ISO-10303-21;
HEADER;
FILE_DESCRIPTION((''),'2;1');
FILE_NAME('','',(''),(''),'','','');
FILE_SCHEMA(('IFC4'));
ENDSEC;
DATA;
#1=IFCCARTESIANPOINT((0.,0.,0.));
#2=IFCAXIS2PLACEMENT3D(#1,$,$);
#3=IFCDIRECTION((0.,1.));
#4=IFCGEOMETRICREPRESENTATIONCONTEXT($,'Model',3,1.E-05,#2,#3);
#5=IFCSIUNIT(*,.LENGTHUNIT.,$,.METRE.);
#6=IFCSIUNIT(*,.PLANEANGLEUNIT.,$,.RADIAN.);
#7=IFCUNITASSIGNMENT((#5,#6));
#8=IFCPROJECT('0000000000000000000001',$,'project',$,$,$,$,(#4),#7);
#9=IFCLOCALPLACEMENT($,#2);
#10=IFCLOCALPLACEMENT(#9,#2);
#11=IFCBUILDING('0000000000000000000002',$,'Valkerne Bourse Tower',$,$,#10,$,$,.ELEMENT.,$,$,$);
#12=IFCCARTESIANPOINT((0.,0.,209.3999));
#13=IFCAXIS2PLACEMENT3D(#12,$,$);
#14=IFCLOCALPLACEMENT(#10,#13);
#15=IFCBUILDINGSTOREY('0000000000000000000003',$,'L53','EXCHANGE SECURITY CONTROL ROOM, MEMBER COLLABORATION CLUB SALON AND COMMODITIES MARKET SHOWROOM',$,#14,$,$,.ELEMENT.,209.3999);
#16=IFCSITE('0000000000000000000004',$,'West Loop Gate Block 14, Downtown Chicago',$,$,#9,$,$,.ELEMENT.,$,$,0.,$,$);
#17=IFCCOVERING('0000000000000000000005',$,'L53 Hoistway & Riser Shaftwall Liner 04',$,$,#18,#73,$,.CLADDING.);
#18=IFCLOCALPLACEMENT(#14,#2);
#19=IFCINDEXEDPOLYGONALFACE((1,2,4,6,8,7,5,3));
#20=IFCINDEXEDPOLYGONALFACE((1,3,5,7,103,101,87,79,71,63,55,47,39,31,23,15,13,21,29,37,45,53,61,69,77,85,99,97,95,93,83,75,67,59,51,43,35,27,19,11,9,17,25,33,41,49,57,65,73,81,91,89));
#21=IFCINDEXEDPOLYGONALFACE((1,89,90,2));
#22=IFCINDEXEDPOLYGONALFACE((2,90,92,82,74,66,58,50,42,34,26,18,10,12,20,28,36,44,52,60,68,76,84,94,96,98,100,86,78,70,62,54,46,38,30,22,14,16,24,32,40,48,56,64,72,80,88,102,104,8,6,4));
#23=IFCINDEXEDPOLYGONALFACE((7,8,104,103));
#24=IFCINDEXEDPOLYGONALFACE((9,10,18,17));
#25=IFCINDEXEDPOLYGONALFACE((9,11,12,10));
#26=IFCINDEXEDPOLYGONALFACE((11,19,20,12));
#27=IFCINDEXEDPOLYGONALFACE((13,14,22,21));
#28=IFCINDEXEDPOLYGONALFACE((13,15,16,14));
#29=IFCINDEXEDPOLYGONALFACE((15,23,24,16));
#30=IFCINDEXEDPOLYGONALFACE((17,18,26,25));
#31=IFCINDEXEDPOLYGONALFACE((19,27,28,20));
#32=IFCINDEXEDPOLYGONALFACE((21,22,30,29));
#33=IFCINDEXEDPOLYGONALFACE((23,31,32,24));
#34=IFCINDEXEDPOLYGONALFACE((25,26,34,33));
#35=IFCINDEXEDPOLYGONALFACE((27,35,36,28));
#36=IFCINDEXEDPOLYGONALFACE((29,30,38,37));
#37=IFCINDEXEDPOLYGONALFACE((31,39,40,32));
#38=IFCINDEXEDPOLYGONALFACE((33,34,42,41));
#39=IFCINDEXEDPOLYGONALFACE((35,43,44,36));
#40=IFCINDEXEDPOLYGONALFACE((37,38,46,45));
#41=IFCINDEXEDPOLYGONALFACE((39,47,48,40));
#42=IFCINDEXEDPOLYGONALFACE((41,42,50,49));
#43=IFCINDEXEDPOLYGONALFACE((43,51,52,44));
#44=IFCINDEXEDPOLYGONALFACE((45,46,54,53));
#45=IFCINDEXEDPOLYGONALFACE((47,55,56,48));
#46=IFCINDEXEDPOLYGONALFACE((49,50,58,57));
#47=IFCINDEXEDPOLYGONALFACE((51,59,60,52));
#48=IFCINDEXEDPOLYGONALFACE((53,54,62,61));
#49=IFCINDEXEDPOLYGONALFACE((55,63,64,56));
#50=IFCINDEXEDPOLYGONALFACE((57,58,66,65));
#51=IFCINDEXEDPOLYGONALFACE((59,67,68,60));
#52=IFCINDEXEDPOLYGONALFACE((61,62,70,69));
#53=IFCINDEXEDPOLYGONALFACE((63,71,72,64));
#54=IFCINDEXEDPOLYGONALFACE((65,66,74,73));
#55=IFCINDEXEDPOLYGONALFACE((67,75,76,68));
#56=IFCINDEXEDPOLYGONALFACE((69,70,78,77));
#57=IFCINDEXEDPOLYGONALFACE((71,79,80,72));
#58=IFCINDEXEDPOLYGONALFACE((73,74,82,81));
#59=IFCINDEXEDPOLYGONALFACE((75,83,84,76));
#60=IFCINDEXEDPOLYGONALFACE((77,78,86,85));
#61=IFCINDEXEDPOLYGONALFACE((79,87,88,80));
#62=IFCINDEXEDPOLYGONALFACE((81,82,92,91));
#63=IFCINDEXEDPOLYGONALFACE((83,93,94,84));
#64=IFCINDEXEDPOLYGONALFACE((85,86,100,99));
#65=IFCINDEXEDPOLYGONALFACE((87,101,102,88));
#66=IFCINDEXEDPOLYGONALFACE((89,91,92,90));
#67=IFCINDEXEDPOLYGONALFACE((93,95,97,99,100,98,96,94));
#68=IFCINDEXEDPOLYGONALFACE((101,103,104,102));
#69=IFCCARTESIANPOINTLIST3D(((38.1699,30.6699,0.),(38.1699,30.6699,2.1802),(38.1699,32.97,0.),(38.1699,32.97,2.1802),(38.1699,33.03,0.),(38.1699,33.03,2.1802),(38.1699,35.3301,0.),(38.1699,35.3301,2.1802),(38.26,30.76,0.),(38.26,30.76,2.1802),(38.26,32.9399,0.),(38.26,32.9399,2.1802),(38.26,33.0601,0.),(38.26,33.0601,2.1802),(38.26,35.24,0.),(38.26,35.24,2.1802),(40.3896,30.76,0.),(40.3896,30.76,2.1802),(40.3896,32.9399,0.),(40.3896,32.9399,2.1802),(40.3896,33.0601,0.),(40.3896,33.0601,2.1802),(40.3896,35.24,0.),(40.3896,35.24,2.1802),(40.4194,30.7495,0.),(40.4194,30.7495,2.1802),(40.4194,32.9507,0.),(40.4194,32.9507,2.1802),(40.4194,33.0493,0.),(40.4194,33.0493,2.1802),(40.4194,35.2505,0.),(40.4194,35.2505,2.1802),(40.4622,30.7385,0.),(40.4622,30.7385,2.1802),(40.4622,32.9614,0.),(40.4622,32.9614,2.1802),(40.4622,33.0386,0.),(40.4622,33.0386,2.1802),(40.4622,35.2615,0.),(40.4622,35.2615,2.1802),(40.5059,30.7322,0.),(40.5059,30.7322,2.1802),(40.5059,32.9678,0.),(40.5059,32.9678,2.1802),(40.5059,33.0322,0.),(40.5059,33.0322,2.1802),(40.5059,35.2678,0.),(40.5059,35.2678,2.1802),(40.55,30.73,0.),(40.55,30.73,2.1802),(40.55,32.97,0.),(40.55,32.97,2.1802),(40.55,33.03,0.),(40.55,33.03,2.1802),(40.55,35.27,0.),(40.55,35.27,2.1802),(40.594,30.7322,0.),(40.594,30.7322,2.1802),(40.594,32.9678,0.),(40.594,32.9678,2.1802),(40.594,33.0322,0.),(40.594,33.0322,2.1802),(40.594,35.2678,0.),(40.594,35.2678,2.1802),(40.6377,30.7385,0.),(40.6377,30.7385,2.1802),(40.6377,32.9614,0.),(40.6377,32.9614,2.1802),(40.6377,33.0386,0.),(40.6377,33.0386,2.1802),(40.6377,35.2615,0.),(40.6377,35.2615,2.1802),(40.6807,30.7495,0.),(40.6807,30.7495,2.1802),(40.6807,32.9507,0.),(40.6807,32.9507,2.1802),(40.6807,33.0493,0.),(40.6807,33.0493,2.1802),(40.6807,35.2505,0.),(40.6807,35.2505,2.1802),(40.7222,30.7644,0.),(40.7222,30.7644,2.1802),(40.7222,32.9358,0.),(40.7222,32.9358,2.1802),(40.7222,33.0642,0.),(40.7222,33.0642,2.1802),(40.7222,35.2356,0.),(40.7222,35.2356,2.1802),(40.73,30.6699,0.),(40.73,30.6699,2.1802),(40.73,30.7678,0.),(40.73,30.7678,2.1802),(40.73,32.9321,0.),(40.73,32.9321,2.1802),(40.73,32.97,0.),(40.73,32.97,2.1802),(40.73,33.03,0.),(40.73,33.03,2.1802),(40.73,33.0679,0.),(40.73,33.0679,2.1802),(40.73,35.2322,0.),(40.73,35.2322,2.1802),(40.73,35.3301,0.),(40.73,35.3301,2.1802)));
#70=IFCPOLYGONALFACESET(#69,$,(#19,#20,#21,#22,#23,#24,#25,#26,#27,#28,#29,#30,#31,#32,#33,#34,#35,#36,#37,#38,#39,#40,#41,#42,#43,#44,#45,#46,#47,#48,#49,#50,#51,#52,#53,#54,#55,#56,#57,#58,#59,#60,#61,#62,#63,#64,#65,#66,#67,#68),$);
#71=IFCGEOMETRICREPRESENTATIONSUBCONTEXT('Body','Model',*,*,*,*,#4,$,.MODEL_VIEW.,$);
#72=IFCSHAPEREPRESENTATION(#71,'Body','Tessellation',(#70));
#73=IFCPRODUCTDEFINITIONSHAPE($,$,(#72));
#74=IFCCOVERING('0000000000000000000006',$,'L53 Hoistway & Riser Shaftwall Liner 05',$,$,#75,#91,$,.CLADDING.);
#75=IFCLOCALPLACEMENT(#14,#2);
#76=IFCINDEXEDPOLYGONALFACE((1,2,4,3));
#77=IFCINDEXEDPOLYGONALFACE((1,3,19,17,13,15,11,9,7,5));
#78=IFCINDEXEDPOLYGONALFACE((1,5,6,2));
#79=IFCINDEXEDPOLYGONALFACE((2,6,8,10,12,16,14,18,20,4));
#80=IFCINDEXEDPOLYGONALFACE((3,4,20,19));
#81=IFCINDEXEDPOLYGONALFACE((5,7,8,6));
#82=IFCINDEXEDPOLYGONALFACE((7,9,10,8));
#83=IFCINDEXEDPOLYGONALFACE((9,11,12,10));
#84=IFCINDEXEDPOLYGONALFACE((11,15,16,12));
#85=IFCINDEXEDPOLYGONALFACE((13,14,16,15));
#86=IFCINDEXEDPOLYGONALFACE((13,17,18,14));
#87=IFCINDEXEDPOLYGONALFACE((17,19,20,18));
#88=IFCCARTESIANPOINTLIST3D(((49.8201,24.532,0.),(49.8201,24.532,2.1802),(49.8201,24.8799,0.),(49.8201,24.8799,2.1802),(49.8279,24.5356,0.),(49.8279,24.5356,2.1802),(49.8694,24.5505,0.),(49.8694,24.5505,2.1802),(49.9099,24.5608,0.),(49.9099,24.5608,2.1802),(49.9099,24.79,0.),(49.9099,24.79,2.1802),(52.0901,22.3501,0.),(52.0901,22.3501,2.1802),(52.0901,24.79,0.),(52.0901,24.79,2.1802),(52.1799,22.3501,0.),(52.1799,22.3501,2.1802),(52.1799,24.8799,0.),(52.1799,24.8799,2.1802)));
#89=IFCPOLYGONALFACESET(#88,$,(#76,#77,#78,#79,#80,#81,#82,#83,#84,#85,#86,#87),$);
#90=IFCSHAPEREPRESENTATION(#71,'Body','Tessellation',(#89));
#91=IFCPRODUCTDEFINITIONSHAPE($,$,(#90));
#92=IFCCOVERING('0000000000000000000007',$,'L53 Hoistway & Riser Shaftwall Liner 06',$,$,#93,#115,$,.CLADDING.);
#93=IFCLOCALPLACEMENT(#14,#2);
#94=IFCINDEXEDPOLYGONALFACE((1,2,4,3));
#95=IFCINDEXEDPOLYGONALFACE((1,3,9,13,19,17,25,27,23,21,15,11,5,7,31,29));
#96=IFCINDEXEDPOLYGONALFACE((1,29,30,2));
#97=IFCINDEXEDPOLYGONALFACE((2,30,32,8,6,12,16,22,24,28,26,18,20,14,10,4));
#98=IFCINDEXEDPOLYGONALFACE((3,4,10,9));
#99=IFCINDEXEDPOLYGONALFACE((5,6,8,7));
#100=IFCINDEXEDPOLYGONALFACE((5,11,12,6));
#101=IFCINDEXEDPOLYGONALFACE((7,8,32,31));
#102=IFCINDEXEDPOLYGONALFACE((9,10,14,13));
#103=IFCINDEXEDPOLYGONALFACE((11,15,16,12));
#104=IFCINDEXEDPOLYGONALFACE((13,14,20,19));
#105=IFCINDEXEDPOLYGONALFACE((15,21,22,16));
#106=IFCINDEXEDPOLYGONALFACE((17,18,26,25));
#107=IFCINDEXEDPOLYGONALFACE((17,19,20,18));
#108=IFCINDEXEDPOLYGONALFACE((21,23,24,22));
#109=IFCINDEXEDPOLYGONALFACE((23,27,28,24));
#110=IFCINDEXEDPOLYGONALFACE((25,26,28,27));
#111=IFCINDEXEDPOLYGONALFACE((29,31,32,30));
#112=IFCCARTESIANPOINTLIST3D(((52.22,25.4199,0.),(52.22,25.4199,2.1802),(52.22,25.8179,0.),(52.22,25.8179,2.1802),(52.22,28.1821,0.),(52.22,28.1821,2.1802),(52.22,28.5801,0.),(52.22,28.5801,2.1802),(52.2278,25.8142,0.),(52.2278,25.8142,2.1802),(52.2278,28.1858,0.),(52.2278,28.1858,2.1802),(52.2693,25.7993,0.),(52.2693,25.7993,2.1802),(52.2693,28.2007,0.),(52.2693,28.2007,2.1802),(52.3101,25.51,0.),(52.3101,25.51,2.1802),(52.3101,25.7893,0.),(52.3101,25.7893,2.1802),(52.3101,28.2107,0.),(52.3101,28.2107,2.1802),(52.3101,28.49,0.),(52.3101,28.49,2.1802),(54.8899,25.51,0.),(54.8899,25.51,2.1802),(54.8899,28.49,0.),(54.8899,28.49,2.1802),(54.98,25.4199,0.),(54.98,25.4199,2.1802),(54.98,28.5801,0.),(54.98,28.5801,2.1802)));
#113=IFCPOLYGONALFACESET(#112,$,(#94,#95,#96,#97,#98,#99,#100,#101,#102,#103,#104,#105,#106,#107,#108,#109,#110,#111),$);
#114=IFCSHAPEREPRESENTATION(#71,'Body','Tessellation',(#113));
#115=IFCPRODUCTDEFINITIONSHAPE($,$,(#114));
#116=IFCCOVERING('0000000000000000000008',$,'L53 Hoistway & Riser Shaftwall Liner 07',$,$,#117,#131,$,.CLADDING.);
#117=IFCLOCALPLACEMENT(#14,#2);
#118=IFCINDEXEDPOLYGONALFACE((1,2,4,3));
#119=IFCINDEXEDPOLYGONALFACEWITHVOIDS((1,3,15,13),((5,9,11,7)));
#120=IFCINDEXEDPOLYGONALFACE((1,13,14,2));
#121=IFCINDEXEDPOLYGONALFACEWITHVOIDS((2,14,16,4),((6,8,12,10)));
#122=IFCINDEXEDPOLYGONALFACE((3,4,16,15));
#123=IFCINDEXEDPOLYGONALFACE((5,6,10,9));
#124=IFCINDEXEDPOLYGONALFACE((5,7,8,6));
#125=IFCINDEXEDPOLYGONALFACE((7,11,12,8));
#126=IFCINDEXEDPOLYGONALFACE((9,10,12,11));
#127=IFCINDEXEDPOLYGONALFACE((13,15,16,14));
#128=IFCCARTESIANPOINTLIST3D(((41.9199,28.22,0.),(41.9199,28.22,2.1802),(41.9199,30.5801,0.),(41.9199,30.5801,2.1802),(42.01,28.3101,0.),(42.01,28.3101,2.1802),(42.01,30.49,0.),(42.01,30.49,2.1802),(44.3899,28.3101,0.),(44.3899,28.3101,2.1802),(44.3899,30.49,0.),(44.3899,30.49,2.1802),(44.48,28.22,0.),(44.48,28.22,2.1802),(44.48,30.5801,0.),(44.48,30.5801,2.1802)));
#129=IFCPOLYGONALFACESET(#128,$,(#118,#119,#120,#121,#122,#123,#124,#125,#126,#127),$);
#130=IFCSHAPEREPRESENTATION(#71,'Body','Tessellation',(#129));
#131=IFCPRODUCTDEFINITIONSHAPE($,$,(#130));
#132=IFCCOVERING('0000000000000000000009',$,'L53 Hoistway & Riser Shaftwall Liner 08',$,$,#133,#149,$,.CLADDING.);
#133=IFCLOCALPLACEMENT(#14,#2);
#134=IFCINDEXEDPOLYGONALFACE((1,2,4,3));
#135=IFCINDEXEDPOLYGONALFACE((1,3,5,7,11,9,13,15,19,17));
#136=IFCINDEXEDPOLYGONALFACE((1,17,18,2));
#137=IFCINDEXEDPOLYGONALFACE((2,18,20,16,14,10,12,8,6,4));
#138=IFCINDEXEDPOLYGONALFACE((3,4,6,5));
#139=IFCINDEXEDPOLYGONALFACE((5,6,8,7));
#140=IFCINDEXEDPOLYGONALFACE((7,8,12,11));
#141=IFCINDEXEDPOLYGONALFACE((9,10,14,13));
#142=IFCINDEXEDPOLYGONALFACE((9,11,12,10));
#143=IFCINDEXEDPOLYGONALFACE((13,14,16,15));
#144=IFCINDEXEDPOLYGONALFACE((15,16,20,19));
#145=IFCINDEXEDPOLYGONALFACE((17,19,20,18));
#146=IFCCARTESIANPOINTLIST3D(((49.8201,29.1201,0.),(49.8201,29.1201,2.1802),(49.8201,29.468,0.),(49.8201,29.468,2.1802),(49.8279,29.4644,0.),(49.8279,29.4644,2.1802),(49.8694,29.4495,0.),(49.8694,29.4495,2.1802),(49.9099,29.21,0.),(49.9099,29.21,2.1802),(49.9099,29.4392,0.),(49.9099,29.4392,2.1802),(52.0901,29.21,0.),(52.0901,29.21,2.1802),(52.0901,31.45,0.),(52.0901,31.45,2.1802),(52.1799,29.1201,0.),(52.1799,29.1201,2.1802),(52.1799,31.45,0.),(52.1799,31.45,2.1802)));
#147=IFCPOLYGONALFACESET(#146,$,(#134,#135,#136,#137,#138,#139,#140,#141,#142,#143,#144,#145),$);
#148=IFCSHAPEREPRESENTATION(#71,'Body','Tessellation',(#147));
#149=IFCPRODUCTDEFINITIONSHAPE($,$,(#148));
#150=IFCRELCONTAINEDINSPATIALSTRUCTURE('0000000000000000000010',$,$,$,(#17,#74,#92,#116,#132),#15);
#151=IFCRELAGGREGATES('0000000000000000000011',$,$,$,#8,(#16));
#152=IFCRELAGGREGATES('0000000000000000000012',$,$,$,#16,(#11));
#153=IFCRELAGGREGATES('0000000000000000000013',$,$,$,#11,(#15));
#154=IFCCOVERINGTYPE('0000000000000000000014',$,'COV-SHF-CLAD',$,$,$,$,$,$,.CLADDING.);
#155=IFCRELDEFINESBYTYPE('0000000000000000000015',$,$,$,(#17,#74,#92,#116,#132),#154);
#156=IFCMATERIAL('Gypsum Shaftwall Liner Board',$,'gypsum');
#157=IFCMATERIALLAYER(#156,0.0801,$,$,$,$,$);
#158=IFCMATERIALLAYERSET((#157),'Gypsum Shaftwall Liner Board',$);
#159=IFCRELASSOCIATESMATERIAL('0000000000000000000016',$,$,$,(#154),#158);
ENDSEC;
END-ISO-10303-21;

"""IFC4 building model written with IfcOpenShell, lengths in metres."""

from ifc_helpers import new_model, si_unit, direction, frame, origin, place, context, subcontext, project, spatial, polyline, outline, extrude, material, layer, layer_set, type_object, element, save


model = new_model("IFC4")

# Units and contexts
model_context = context("Model", 3, precision=1e-05, world=origin(), true_north=direction((0.0, 1.0)))
body_context = subcontext(model_context, "Body", "Model", "MODEL_VIEW")
ifc_project = project(units=[si_unit("LENGTHUNIT", "METRE"), si_unit("PLANEANGLEUNIT", "RADIAN")], contexts=[model_context])

# Site, building, storey
site_placement = place(None, origin())
site = spatial("IfcSite", under=ifc_project, at=site_placement, Name="West Loop Gate Block 14, Downtown Chicago", CompositionType="ELEMENT", RefElevation=0.0)
building_placement = place(site_placement, origin())
building = spatial("IfcBuilding", under=site, at=building_placement, Name="Valkerne Bourse Tower", CompositionType="ELEMENT")
storey_placement = place(building_placement, frame((0.0, 0.0, 209.3999)))
storey = spatial("IfcBuildingStorey", under=building, at=storey_placement, Name="L53", Description="EXCHANGE SECURITY CONTROL ROOM, MEMBER COLLABORATION CLUB SALON AND COMMODITIES MARKET SHOWROOM", CompositionType="ELEMENT", Elevation=209.3999)

# Coverings
ifc_material_1 = material(Name="Gypsum Shaftwall Liner Board", Category="gypsum")
ifc_layer_1 = layer(ifc_material_1, 0.0801)
ifc_layer_set_1 = layer_set([ifc_layer_1], Name="Gypsum Shaftwall Liner Board")
covering_type_1 = type_object("IfcCoveringType", Name="COV-SHF-CLAD", PredefinedType="CLADDING", material=ifc_layer_set_1)
covering_1_placement = place(storey_placement, origin())
element("IfcCovering", 1, at=covering_1_placement, inside=storey, type_object=covering_type_1, Name="L53 Hoistway & Riser Shaftwall Liner 04", PredefinedType="CLADDING", context=body_context, shape_type="SweptSolid", body=[
    extrude(outline(polyline([(38.1699, 35.3301), (40.73, 35.3301), (40.73, 35.2322), (40.7222, 35.2356), (40.6807, 35.2505), (40.6377, 35.2615), (40.594, 35.2678), (40.55, 35.27), (40.5059, 35.2678), (40.4622, 35.2615), (40.4194, 35.2505), (40.3896, 35.24), (38.26, 35.24), (38.26, 33.0601), (40.3896, 33.0601), (40.4194, 33.0493), (40.4622, 33.0386), (40.5059, 33.0322), (40.55, 33.03), (40.594, 33.0322), (40.6377, 33.0386), (40.6807, 33.0493), (40.7222, 33.0642), (40.73, 33.0679), (40.73, 33.03), (40.73, 32.97), (40.73, 32.9321), (40.7222, 32.9358), (40.6807, 32.9507), (40.6377, 32.9614), (40.594, 32.9678), (40.55, 32.97), (40.5059, 32.9678), (40.4622, 32.9614), (40.4194, 32.9507), (40.3896, 32.9399), (38.26, 32.9399), (38.26, 30.76), (40.3896, 30.76), (40.4194, 30.7495), (40.4622, 30.7385), (40.5059, 30.7322), (40.55, 30.73), (40.594, 30.7322), (40.6377, 30.7385), (40.6807, 30.7495), (40.7222, 30.7644), (40.73, 30.7678), (40.73, 30.6699), (38.1699, 30.6699), (38.1699, 32.97), (38.1699, 33.03), (38.1699, 35.3301)])), origin(), (0.0, 0.0, 1.0), 2.1802),
])
covering_2_placement = place(storey_placement, origin())
element("IfcCovering", 2, at=covering_2_placement, inside=storey, type_object=covering_type_1, Name="L53 Hoistway & Riser Shaftwall Liner 05", PredefinedType="CLADDING", context=body_context, shape_type="SweptSolid", body=[
    extrude(outline(polyline([(52.1799, 22.3501), (52.0901, 22.3501), (52.0901, 24.79), (49.9099, 24.79), (49.9099, 24.5608), (49.8694, 24.5505), (49.8279, 24.5356), (49.8201, 24.532), (49.8201, 24.8799), (52.1799, 24.8799), (52.1799, 22.3501)])), origin(), (0.0, 0.0, 1.0), 2.1802),
])
covering_3_placement = place(storey_placement, origin())
element("IfcCovering", 3, at=covering_3_placement, inside=storey, type_object=covering_type_1, Name="L53 Hoistway & Riser Shaftwall Liner 06", PredefinedType="CLADDING", context=body_context, shape_type="SweptSolid", body=[
    extrude(outline(polyline([(54.98, 25.4199), (52.22, 25.4199), (52.22, 25.8179), (52.2278, 25.8142), (52.2693, 25.7993), (52.3101, 25.7893), (52.3101, 25.51), (54.8899, 25.51), (54.8899, 28.49), (52.3101, 28.49), (52.3101, 28.2107), (52.2693, 28.2007), (52.2278, 28.1858), (52.22, 28.1821), (52.22, 28.5801), (54.98, 28.5801), (54.98, 25.4199)])), origin(), (0.0, 0.0, 1.0), 2.1802),
])
covering_4_placement = place(storey_placement, origin())
element("IfcCovering", 4, at=covering_4_placement, inside=storey, type_object=covering_type_1, Name="L53 Hoistway & Riser Shaftwall Liner 07", PredefinedType="CLADDING", context=body_context, shape_type="SweptSolid", body=[
    extrude(outline(polyline([(44.48, 28.22), (41.9199, 28.22), (41.9199, 30.5801), (44.48, 30.5801), (44.48, 28.22)]), holes=[polyline([(42.01, 30.49), (42.01, 28.3101), (44.3899, 28.3101), (44.3899, 30.49), (42.01, 30.49)])]), origin(), (0.0, 0.0, 1.0), 2.1802),
])
covering_5_placement = place(storey_placement, origin())
element("IfcCovering", 5, at=covering_5_placement, inside=storey, type_object=covering_type_1, Name="L53 Hoistway & Riser Shaftwall Liner 08", PredefinedType="CLADDING", context=body_context, shape_type="SweptSolid", body=[
    extrude(outline(polyline([(49.8201, 29.1201), (49.8201, 29.468), (49.8279, 29.4644), (49.8694, 29.4495), (49.9099, 29.4392), (49.9099, 29.21), (52.0901, 29.21), (52.0901, 31.45), (52.1799, 31.45), (52.1799, 29.1201), (49.8201, 29.1201)])), origin(), (0.0, 0.0, 1.0), 2.1802),
])

save(model, "model.ifc")
